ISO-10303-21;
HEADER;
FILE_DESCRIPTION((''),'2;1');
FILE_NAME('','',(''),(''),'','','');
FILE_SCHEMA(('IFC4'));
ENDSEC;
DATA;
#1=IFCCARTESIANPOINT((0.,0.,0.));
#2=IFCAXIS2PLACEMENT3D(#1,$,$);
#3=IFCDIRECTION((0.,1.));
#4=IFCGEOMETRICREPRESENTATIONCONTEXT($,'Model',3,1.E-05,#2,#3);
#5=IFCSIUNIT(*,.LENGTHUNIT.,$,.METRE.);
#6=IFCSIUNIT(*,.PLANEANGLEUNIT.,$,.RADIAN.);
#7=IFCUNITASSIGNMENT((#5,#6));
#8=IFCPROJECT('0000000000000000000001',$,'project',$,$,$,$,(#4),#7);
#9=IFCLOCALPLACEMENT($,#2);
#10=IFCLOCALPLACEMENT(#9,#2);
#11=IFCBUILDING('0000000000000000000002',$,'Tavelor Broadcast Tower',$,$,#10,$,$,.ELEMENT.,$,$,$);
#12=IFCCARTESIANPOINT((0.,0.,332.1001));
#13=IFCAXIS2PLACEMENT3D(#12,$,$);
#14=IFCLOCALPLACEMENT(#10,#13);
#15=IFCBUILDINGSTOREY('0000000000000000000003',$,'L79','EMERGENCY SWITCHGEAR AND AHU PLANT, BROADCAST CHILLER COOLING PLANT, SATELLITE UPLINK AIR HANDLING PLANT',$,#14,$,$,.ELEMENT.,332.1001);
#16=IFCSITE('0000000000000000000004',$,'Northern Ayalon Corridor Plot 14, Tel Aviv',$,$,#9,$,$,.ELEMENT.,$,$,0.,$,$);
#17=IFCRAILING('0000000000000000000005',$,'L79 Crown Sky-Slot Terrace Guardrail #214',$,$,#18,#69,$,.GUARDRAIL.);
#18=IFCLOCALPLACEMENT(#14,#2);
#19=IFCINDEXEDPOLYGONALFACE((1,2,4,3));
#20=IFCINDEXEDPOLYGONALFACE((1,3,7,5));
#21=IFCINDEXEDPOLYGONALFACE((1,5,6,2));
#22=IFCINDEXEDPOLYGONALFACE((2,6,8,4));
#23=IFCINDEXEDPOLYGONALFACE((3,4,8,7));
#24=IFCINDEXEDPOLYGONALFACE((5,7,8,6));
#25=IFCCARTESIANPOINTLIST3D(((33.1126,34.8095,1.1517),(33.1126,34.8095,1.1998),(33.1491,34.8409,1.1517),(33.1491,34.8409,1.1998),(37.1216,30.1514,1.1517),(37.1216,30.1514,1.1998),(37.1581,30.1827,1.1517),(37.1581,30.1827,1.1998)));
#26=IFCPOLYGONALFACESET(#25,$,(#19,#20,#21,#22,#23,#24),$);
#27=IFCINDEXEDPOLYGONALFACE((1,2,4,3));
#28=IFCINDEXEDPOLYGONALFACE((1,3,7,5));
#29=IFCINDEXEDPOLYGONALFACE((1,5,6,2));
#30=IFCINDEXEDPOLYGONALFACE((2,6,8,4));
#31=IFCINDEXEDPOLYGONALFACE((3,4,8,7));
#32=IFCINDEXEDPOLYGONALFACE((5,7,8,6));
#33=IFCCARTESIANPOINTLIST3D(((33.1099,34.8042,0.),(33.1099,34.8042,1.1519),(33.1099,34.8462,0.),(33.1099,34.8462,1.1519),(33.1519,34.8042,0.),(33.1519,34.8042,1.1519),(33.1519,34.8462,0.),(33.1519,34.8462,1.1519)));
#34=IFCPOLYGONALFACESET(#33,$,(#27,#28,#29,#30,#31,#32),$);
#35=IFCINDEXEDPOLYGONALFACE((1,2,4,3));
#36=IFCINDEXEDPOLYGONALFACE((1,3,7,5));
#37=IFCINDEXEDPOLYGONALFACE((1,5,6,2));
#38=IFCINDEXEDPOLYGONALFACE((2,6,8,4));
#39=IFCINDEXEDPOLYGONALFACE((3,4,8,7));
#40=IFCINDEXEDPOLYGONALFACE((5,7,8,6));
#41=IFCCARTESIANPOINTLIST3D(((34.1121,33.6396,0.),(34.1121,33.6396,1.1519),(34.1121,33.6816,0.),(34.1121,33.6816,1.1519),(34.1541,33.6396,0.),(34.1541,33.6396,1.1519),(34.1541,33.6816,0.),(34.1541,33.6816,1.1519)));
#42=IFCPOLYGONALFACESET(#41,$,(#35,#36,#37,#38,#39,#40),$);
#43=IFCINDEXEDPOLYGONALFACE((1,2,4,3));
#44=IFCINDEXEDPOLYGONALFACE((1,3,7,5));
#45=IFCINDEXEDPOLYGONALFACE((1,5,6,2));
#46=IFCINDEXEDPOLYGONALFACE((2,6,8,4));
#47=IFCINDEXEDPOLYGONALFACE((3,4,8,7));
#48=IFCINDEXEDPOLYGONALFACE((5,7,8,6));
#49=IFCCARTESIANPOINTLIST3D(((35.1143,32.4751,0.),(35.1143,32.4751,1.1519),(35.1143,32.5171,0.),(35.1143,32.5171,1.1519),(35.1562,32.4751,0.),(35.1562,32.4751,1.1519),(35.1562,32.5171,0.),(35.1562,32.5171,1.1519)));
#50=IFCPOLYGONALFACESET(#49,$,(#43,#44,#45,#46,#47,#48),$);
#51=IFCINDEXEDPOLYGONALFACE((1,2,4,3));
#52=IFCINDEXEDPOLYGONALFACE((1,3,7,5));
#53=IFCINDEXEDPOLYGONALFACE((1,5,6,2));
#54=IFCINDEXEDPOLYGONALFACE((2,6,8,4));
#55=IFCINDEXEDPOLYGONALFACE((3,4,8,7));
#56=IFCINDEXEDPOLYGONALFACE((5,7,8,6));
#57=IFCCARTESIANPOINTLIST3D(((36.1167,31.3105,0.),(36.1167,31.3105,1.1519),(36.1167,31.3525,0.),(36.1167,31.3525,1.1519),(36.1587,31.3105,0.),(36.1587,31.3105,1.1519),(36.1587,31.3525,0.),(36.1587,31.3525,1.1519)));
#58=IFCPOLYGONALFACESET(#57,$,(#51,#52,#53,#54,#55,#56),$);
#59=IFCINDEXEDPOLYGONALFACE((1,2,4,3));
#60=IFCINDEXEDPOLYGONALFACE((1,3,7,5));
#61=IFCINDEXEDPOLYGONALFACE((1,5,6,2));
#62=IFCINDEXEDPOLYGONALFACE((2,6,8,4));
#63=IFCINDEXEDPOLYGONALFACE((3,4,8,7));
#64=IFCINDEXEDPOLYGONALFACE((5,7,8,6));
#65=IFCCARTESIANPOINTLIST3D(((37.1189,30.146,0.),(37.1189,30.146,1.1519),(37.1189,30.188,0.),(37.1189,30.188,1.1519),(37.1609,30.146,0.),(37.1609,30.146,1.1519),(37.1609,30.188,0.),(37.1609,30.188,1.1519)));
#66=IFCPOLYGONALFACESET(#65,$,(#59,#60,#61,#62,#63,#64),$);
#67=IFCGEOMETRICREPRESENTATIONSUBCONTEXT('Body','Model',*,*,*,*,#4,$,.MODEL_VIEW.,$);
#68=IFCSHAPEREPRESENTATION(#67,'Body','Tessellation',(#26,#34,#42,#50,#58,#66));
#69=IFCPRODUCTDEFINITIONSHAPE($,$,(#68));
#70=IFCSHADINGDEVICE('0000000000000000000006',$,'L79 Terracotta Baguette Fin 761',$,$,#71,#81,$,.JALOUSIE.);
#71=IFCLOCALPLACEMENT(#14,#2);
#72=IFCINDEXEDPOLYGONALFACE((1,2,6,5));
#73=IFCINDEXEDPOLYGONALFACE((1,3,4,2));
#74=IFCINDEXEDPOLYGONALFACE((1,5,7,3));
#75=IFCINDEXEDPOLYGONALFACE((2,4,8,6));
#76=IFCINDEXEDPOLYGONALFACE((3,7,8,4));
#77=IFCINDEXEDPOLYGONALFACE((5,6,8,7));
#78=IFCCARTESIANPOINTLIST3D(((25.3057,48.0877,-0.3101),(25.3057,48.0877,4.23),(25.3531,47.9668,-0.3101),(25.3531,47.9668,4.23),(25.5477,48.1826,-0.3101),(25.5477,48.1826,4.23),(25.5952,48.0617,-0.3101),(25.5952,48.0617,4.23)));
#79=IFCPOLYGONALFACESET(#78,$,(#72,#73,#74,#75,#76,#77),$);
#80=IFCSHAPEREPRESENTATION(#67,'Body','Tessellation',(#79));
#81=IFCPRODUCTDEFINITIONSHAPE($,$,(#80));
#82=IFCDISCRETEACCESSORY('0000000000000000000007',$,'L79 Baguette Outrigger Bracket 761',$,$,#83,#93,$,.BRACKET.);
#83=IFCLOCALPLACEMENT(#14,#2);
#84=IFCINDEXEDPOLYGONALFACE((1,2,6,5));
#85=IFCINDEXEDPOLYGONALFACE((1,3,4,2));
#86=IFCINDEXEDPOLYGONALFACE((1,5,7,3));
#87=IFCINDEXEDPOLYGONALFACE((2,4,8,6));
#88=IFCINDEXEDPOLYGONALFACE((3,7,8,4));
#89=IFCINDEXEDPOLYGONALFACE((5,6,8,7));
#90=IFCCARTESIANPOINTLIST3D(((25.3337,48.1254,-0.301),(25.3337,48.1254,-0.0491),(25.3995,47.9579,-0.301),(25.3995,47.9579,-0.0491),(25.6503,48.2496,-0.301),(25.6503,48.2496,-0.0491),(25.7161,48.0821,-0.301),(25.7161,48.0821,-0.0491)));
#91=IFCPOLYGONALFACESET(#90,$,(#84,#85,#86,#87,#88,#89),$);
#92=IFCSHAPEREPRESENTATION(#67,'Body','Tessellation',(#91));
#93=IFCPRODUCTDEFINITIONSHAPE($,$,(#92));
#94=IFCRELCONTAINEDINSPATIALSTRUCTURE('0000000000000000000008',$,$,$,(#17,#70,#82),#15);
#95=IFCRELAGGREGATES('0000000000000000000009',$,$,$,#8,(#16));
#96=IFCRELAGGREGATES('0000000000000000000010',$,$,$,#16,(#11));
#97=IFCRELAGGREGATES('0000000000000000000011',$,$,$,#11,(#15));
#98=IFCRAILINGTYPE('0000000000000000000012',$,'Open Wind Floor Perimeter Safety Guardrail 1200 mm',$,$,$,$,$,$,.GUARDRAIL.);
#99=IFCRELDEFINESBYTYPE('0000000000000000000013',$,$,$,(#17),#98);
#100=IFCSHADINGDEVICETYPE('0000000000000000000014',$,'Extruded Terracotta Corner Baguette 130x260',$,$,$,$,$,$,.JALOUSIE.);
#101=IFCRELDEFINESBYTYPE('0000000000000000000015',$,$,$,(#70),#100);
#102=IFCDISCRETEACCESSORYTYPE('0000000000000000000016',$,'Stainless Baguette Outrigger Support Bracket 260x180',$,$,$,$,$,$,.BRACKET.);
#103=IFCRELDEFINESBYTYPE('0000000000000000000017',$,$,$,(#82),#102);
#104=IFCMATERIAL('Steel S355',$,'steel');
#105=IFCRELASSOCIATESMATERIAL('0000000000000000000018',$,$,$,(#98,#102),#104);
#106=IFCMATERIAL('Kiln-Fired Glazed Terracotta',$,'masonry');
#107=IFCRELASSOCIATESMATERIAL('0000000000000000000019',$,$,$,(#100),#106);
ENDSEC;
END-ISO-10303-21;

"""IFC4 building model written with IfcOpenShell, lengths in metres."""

from ifc_helpers import new_model, si_unit, direction, frame, origin, origin_2d, place, context, subcontext, project, spatial, rectangle, extrude, source, transform, mapped, material, type_object, type_shapes, element, save


model = new_model("IFC4")

# Units and contexts
model_context = context("Model", 3, precision=1e-05, world=origin(), true_north=direction((0.0, 1.0)))
body_context = subcontext(model_context, "Body", "Model", "MODEL_VIEW")
ifc_project = project(units=[si_unit("LENGTHUNIT", "METRE"), si_unit("PLANEANGLEUNIT", "RADIAN")], contexts=[model_context])

# Site, building, storey
site_placement = place(None, origin())
site = spatial("IfcSite", under=ifc_project, at=site_placement, Name="Northern Ayalon Corridor Plot 14, Tel Aviv", CompositionType="ELEMENT", RefElevation=0.0)
building_placement = place(site_placement, origin())
building = spatial("IfcBuilding", under=site, at=building_placement, Name="Tavelor Broadcast Tower", CompositionType="ELEMENT")
storey_placement = place(building_placement, frame((0.0, 0.0, 332.1001)))
storey = spatial("IfcBuildingStorey", under=building, at=storey_placement, Name="L79", Description="EMERGENCY SWITCHGEAR AND AHU PLANT, BROADCAST CHILLER COOLING PLANT, SATELLITE UPLINK AIR HANDLING PLANT", CompositionType="ELEMENT", Elevation=332.1001)

# Shared definitions
ifc_material_1 = material(Name="Steel S355", Category="steel")

# Railing
railing_type = type_object("IfcRailingType", Name="Open Wind Floor Perimeter Safety Guardrail 1200 mm", PredefinedType="GUARDRAIL", material=ifc_material_1)
railing_1_placement = place(storey_placement, frame((33.1309, 34.8252, 0.0)))
element("IfcRailing", 1, at=railing_1_placement, inside=storey, type_object=railing_type, Name="L79 Crown Sky-Slot Terrace Guardrail #214", PredefinedType="GUARDRAIL", context=body_context, shape_type="SweptSolid", body=[
    extrude(rectangle(XDim=0.0481, YDim=0.0481, at=origin_2d()), frame((0.0, 0.0, 1.1758), z_axis=(0.652318, -0.757946, 0.0), x_axis=(0.757946, 0.652318, 0.0)), (0.0, 0.0, 1.0), 6.1458),
    extrude(rectangle(XDim=0.042, YDim=0.042, at=origin_2d()), origin(), (0.0, 0.0, 1.0), 1.1519),
    extrude(rectangle(XDim=0.042, YDim=0.042, at=origin_2d()), frame((1.0022, -1.1646, 0.0)), (0.0, 0.0, 1.0), 1.1519),
    extrude(rectangle(XDim=0.042, YDim=0.042, at=origin_2d()), frame((2.0044, -2.3291, 0.0)), (0.0, 0.0, 1.0), 1.1519),
    extrude(rectangle(XDim=0.042, YDim=0.042, at=origin_2d()), frame((3.0068, -3.4937, 0.0)), (0.0, 0.0, 1.0), 1.1519),
    extrude(rectangle(XDim=0.042, YDim=0.042, at=origin_2d()), frame((4.009, -4.6582, 0.0)), (0.0, 0.0, 1.0), 1.1519),
])

# Shading device
ifc_material_2 = material(Name="Kiln-Fired Glazed Terracotta", Category="masonry")
shading_device_type = type_object("IfcShadingDeviceType", Name="Extruded Terracotta Corner Baguette 130x260", PredefinedType="JALOUSIE", material=ifc_material_2)
shared_shape_1 = source(origin(), body_context, "Body", "SweptSolid", [
    extrude(rectangle(XDim=0.1299, YDim=0.26, at=origin_2d()), origin(), (0.0, 0.0, 1.0), 4.54),
])
type_shapes(shading_device_type, [shared_shape_1])
shading_device_placement = place(storey_placement, frame((25.4504, 48.0747, -0.3101), z_axis=(0.0, 0.0, 1.0), x_axis=(0.365202, -0.930928, 0.0)))
element("IfcShadingDevice", 2, at=shading_device_placement, inside=storey, type_object=shading_device_type, Name="L79 Terracotta Baguette Fin 761", PredefinedType="JALOUSIE", context=body_context, shape_type="MappedRepresentation", body=[
    mapped(shared_shape_1, transform((0.0, 0.0, 0.0), scale=1.0)),
])

# Discrete accessory
discrete_accessory_type = type_object("IfcDiscreteAccessoryType", Name="Stainless Baguette Outrigger Support Bracket 260x180", PredefinedType="BRACKET", material=ifc_material_1)
shared_shape_2 = source(origin(), body_context, "Body", "SweptSolid", [
    extrude(rectangle(XDim=0.1799, YDim=0.3401, at=origin_2d()), origin(), (0.0, 0.0, 1.0), 0.252),
])
type_shapes(discrete_accessory_type, [shared_shape_2])
discrete_accessory_placement = place(storey_placement, frame((25.5249, 48.1038, -0.301), z_axis=(0.0, 0.0, 1.0), x_axis=(0.365202, -0.930928, 0.0)))
element("IfcDiscreteAccessory", 3, at=discrete_accessory_placement, inside=storey, type_object=discrete_accessory_type, Name="L79 Baguette Outrigger Bracket 761", PredefinedType="BRACKET", context=body_context, shape_type="MappedRepresentation", body=[
    mapped(shared_shape_2, transform((0.0, 0.0, 0.0), scale=1.0)),
])

save(model, "model.ifc")
